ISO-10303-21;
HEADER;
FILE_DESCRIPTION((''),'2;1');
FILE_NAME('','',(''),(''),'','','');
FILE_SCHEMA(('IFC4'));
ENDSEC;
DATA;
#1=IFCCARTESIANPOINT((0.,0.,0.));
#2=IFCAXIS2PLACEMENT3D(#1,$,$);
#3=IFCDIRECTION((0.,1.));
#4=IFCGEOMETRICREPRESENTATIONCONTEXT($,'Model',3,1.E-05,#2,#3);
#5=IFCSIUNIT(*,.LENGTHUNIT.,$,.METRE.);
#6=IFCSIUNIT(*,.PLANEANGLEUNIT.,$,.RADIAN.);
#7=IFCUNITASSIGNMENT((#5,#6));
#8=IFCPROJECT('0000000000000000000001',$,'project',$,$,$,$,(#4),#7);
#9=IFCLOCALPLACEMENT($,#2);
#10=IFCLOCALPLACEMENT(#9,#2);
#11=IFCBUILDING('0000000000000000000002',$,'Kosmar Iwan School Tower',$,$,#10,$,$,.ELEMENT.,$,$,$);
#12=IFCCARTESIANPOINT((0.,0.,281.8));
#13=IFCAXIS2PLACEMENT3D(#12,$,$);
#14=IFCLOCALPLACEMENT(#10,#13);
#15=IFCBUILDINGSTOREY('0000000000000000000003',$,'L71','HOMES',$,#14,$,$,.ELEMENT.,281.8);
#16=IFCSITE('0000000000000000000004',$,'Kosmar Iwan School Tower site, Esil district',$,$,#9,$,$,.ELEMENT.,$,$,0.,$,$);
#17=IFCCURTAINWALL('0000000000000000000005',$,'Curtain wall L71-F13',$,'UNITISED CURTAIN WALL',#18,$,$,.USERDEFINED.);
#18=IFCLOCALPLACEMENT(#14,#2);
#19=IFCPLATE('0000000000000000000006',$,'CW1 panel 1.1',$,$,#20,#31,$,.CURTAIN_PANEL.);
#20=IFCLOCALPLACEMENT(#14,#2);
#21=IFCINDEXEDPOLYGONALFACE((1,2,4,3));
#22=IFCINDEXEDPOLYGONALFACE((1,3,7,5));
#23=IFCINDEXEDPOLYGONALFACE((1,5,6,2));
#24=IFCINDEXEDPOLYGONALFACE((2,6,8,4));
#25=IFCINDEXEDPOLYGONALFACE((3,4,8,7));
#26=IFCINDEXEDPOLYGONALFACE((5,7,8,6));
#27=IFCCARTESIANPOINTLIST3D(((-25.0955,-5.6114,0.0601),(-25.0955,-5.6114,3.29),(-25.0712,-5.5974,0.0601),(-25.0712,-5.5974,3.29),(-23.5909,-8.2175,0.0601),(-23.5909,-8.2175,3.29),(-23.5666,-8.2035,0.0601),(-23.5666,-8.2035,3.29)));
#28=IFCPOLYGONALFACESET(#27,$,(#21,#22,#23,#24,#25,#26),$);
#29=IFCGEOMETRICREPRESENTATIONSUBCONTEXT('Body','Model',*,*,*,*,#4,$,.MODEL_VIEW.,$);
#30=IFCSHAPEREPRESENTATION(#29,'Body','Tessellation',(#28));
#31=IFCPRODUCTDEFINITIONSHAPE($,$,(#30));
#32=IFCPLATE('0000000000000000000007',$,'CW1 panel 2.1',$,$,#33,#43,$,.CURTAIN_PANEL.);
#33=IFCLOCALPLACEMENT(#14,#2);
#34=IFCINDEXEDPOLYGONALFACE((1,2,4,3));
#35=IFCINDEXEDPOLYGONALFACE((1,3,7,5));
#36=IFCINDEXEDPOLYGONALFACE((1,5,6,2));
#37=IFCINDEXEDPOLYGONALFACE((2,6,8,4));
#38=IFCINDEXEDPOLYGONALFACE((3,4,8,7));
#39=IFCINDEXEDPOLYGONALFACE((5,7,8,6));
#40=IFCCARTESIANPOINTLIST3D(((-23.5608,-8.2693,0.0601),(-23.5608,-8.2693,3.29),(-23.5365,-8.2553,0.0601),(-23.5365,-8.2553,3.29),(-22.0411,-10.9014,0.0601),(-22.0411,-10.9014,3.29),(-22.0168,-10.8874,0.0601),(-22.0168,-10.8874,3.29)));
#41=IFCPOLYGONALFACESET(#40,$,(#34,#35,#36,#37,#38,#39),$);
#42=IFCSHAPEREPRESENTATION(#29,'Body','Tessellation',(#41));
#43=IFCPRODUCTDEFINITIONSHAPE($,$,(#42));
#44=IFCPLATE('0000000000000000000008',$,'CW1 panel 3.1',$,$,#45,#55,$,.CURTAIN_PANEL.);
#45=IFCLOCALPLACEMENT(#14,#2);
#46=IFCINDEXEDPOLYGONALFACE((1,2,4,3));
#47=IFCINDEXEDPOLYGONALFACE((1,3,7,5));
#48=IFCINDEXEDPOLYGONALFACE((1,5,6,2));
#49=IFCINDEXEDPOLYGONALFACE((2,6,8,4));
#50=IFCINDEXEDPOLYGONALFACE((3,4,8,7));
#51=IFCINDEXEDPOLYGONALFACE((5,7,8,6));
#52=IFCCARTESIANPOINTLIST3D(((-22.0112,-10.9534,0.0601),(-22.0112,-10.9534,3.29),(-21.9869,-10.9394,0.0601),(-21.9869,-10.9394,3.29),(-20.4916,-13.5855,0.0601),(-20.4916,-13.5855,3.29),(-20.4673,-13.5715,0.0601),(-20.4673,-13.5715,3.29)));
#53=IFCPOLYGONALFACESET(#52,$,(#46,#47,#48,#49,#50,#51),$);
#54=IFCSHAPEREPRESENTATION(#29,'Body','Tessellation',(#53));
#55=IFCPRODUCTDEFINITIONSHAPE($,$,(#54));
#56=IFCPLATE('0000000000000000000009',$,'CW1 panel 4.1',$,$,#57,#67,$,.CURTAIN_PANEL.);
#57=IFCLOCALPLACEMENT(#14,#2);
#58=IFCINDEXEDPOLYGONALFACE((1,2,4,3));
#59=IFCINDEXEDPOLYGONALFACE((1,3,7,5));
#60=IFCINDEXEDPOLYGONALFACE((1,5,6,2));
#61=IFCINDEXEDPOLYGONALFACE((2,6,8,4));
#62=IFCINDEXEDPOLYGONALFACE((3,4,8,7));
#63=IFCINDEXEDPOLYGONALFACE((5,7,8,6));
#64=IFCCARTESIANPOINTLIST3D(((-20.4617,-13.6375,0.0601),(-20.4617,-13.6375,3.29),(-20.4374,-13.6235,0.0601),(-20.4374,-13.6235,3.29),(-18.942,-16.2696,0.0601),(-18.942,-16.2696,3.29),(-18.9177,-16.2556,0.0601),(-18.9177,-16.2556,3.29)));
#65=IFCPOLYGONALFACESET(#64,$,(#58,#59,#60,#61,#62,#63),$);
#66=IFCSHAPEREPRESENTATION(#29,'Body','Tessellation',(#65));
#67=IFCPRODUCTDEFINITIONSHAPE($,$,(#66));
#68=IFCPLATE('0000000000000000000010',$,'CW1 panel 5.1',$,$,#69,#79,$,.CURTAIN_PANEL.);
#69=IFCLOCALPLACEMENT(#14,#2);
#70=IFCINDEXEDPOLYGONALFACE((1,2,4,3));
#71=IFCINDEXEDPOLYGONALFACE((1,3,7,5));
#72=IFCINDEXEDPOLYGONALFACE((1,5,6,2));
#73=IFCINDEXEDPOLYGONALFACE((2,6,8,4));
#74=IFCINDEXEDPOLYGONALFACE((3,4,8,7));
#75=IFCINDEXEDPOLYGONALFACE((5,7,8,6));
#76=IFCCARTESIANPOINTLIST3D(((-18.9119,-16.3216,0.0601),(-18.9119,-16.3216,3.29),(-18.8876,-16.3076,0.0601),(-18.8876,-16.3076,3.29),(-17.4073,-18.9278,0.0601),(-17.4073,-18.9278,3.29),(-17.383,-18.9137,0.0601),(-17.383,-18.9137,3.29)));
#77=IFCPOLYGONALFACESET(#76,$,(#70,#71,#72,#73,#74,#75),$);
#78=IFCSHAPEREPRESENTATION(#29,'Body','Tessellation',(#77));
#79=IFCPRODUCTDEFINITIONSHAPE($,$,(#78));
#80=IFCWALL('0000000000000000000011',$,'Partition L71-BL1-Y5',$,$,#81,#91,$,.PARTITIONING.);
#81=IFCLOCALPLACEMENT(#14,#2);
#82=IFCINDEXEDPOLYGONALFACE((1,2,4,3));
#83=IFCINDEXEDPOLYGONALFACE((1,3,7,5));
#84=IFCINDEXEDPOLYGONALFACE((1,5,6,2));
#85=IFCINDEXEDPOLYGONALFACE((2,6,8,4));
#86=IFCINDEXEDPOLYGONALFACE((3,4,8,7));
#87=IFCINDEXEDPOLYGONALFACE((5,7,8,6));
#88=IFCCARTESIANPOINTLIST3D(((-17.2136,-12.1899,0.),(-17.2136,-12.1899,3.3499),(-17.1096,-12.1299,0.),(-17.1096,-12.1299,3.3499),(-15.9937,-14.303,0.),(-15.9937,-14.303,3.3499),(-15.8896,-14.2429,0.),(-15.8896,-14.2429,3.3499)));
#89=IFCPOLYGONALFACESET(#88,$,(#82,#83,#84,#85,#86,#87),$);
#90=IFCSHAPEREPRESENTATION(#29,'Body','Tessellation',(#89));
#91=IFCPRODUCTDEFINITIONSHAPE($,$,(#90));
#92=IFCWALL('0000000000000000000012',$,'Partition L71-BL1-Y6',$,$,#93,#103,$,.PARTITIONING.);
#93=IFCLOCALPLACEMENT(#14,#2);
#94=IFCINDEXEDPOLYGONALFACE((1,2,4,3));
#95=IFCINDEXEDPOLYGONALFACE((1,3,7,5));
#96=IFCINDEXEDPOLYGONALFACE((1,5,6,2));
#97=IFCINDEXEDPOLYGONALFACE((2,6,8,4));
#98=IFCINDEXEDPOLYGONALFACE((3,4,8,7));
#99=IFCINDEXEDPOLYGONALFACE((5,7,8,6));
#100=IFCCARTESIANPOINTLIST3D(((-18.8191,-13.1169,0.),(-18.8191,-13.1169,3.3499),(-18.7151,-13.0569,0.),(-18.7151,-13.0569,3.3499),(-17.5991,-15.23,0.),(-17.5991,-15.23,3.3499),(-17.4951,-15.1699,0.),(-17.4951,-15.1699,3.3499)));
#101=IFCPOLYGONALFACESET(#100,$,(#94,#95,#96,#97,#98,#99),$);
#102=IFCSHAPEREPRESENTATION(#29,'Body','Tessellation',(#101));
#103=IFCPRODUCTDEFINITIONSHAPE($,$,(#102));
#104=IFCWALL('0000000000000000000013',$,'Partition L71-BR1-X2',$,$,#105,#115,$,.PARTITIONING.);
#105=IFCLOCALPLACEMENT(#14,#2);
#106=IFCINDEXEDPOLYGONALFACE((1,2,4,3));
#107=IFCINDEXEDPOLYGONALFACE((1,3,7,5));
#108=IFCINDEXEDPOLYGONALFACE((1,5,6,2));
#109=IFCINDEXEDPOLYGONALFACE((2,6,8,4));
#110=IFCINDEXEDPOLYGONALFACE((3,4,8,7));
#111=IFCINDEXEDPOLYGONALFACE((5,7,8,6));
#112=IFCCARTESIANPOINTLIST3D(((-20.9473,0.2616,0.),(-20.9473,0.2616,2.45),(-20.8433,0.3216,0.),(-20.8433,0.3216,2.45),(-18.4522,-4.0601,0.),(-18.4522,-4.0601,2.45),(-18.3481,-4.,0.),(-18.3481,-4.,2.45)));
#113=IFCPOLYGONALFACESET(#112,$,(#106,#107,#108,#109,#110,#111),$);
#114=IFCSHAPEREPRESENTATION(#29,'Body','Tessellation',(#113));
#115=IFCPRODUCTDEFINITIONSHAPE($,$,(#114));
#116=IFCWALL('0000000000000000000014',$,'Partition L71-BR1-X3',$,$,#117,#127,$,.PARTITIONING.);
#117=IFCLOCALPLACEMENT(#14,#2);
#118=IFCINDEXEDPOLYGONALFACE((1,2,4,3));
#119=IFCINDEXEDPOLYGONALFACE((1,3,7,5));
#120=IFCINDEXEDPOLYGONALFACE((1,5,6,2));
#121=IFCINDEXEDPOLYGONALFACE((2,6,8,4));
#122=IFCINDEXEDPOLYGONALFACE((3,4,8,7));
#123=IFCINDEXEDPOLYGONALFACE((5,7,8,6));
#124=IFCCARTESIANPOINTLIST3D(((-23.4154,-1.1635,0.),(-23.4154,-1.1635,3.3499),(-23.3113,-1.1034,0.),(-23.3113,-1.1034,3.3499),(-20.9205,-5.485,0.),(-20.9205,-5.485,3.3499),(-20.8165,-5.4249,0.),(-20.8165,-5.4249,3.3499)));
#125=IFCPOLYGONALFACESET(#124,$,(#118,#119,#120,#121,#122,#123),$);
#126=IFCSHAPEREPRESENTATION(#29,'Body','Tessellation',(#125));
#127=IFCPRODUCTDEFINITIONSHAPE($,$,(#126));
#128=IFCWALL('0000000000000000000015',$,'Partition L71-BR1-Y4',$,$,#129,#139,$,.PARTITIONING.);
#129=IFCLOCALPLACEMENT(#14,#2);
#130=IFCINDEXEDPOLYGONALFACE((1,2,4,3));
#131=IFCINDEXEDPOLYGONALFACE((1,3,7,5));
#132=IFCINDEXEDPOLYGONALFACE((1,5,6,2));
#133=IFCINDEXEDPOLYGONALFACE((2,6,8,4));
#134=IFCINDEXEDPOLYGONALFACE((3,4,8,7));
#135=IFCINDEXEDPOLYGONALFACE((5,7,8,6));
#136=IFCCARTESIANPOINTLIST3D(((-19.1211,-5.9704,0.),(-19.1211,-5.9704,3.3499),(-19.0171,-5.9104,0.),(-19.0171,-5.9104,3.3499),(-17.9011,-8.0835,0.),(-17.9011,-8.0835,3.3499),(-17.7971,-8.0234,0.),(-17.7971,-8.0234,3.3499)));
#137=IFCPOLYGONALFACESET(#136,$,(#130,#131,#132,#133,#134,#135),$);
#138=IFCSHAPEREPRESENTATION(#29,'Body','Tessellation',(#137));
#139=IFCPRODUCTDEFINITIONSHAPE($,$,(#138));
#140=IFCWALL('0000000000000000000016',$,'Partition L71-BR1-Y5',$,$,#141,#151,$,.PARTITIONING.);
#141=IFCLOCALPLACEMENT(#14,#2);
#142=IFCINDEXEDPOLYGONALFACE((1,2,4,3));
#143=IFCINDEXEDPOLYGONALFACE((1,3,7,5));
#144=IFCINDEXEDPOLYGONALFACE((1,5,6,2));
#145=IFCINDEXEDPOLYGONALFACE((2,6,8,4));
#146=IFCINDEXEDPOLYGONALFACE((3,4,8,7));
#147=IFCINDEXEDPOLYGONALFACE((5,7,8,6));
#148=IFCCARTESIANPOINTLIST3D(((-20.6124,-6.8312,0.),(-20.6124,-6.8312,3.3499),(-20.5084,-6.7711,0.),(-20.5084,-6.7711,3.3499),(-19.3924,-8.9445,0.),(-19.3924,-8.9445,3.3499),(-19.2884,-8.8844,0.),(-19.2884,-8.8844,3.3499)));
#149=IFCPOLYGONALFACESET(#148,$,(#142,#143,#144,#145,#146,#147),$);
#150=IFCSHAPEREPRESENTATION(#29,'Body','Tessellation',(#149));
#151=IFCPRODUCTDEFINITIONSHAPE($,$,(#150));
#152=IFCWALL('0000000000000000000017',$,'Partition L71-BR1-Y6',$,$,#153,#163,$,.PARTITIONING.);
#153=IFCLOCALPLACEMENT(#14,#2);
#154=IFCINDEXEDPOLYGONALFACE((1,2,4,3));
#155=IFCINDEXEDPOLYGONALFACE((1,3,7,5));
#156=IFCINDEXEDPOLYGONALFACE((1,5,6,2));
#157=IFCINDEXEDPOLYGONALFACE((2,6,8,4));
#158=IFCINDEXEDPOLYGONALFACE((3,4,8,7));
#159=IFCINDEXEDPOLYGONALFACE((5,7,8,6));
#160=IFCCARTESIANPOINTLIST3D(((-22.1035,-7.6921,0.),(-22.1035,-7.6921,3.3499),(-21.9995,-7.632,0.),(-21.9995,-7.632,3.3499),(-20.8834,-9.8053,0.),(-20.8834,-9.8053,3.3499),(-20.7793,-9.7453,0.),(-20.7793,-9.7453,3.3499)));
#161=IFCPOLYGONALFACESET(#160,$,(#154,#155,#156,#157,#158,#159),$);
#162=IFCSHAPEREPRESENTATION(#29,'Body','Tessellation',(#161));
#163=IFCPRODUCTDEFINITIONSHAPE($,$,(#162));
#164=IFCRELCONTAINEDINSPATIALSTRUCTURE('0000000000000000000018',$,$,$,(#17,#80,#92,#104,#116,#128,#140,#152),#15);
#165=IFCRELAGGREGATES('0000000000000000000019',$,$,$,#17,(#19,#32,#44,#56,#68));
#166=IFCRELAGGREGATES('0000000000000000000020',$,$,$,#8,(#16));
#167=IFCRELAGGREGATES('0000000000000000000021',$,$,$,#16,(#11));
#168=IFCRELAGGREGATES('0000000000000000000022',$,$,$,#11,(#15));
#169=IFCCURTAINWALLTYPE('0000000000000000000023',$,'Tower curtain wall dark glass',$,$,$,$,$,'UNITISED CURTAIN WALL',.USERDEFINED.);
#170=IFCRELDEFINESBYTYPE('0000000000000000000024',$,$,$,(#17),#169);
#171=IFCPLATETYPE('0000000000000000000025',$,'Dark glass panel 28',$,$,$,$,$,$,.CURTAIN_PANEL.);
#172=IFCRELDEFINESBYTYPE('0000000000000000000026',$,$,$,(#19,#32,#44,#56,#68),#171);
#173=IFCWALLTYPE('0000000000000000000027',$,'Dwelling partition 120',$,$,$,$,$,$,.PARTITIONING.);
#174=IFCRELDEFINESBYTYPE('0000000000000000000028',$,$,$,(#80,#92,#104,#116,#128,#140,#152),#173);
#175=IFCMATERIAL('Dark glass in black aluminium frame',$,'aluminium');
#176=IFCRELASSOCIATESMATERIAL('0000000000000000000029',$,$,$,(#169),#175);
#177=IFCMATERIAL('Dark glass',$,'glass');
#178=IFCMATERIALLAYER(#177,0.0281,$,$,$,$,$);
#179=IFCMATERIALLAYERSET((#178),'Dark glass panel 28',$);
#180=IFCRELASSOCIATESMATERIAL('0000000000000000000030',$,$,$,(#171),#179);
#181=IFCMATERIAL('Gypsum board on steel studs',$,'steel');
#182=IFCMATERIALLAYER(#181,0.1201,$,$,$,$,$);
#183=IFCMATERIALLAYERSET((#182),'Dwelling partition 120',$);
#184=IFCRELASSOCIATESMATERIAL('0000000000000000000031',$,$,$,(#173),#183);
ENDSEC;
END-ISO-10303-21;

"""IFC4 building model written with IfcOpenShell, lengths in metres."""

from ifc_helpers import new_model, si_unit, direction, frame, frame_2d, origin, origin_2d, place, context, subcontext, project, spatial, rectangle, extrude, material, layer, layer_set, type_object, element, aggregate, save


model = new_model("IFC4")

# Units and contexts
model_context = context("Model", 3, precision=1e-05, world=origin(), true_north=direction((0.0, 1.0)))
body_context = subcontext(model_context, "Body", "Model", "MODEL_VIEW")
ifc_project = project(units=[si_unit("LENGTHUNIT", "METRE"), si_unit("PLANEANGLEUNIT", "RADIAN")], contexts=[model_context])

# Site, building, storey
site_placement = place(None, origin())
site = spatial("IfcSite", under=ifc_project, at=site_placement, Name="Kosmar Iwan School Tower site, Esil district", CompositionType="ELEMENT", RefElevation=0.0)
building_placement = place(site_placement, origin())
building = spatial("IfcBuilding", under=site, at=building_placement, Name="Kosmar Iwan School Tower", CompositionType="ELEMENT")
storey_placement = place(building_placement, frame((0.0, 0.0, 281.8)))
storey = spatial("IfcBuildingStorey", under=building, at=storey_placement, Name="L71", Description="HOMES", CompositionType="ELEMENT", Elevation=281.8)

# Curtain wall
ifc_material_1 = material(Name="Dark glass in black aluminium frame", Category="aluminium")
curtain_wall_type_1 = type_object("IfcCurtainWallType", Name="Tower curtain wall dark glass", ElementType="UNITISED CURTAIN WALL", PredefinedType="USERDEFINED", material=ifc_material_1)
curtain_wall_1_placement = place(storey_placement, origin())
curtain_wall_1 = element("IfcCurtainWall", 1, at=curtain_wall_1_placement, inside=storey, type_object=curtain_wall_type_1, Name="Curtain wall L71-F13", ObjectType="UNITISED CURTAIN WALL", PredefinedType="USERDEFINED")

# Plates
ifc_material_2 = material(Name="Dark glass", Category="glass")
ifc_layer_1 = layer(ifc_material_2, 0.0281)
ifc_layer_set_1 = layer_set([ifc_layer_1], Name="Dark glass panel 28")
plate_type = type_object("IfcPlateType", Name="Dark glass panel 28", PredefinedType="CURTAIN_PANEL", material=ifc_layer_set_1)
plate_1_placement = place(storey_placement, frame((-24.3311, -6.9075, 0.0601), z_axis=(0.0, 0.0, 1.0), x_axis=(0.5, -0.866025, 0.0)))
plate_1 = element("IfcPlate", 2, at=plate_1_placement, type_object=plate_type, Name="CW1 panel 1.1", PredefinedType="CURTAIN_PANEL", context=body_context, shape_type="SweptSolid", body=[
    extrude(rectangle(XDim=3.0093, YDim=0.0281, at=origin_2d()), origin(), (0.0, 0.0, 1.0), 3.23),
])
plate_2_placement = place(storey_placement, frame((-22.7888, -9.5784, 0.0601), z_axis=(0.0, 0.0, 1.0), x_axis=(0.5, -0.866025, 0.0)))
plate_2 = element("IfcPlate", 3, at=plate_2_placement, type_object=plate_type, Name="CW1 panel 2.1", PredefinedType="CURTAIN_PANEL", context=body_context, shape_type="SweptSolid", body=[
    extrude(rectangle(XDim=3.0393, YDim=0.0281, at=origin_2d()), origin(), (0.0, 0.0, 1.0), 3.23),
])
plate_3_placement = place(storey_placement, frame((-21.2393, -12.2625, 0.0601), z_axis=(0.0, 0.0, 1.0), x_axis=(0.5, -0.866025, 0.0)))
plate_3 = element("IfcPlate", 4, at=plate_3_placement, type_object=plate_type, Name="CW1 panel 3.1", PredefinedType="CURTAIN_PANEL", context=body_context, shape_type="SweptSolid", body=[
    extrude(rectangle(XDim=3.0393, YDim=0.0281, at=origin_2d()), origin(), (0.0, 0.0, 1.0), 3.23),
])
plate_4_placement = place(storey_placement, frame((-19.6897, -14.9465, 0.0601), z_axis=(0.0, 0.0, 1.0), x_axis=(0.5, -0.866025, 0.0)))
plate_4 = element("IfcPlate", 5, at=plate_4_placement, type_object=plate_type, Name="CW1 panel 4.1", PredefinedType="CURTAIN_PANEL", context=body_context, shape_type="SweptSolid", body=[
    extrude(rectangle(XDim=3.0393, YDim=0.0281, at=origin_2d()), origin(), (0.0, 0.0, 1.0), 3.23),
])
plate_5_placement = place(storey_placement, frame((-18.1475, -17.6177, 0.0601), z_axis=(0.0, 0.0, 1.0), x_axis=(0.5, -0.866025, 0.0)))
plate_5 = element("IfcPlate", 6, at=plate_5_placement, type_object=plate_type, Name="CW1 panel 5.1", PredefinedType="CURTAIN_PANEL", context=body_context, shape_type="SweptSolid", body=[
    extrude(rectangle(XDim=3.0093, YDim=0.0281, at=origin_2d()), origin(), (0.0, 0.0, 1.0), 3.23),
])
aggregate(curtain_wall_1, [plate_1, plate_2, plate_3, plate_4, plate_5])

# Walls
ifc_material_3 = material(Name="Gypsum board on steel studs", Category="steel")
ifc_layer_2 = layer(ifc_material_3, 0.1201)
ifc_layer_set_2 = layer_set([ifc_layer_2], Name="Dwelling partition 120")
wall_type = type_object("IfcWallType", Name="Dwelling partition 120", PredefinedType="PARTITIONING", material=ifc_layer_set_2)
for number, where, z_axis, x_axis, name in (
    (7, (-17.1616, -12.1599, 0.0), (0.0, 0.0, 1.0), (0.500003, -0.866024, 0.0), "Partition L71-BL1-Y5"),
    (8, (-18.7671, -13.0869, 0.0), (0.0, 0.0, 1.0), (0.500003, -0.866024, 0.0), "Partition L71-BL1-Y6"),
):
    element("IfcWall", number, at=place(storey_placement, frame(where, z_axis=z_axis, x_axis=x_axis)), inside=storey, type_object=wall_type, Name=name, PredefinedType="PARTITIONING", context=body_context, shape_type="SweptSolid", body=[
        extrude(rectangle(XDim=2.4399, YDim=0.1201, at=frame_2d((1.22, 0.0))), origin(), (0.0, 0.0, 1.0), 3.3499),
    ])
wall_1_placement = place(storey_placement, frame((-18.4001, -4.03, 0.0), z_axis=(0.0, 0.0, 1.0), x_axis=(-0.500012, 0.866019, 0.0)))
element("IfcWall", 9, at=wall_1_placement, inside=storey, type_object=wall_type, Name="Partition L71-BR1-X2", PredefinedType="PARTITIONING", context=body_context, shape_type="SweptSolid", body=[
    extrude(rectangle(XDim=4.9902, YDim=0.1201, at=frame_2d((2.4951, 0.0))), origin(), (0.0, 0.0, 1.0), 2.45),
])
wall_2_placement = place(storey_placement, frame((-20.8684, -5.4551, 0.0), z_axis=(0.0, 0.0, 1.0), x_axis=(-0.499975, 0.86604, 0.0)))
element("IfcWall", 10, at=wall_2_placement, inside=storey, type_object=wall_type, Name="Partition L71-BR1-X3", PredefinedType="PARTITIONING", context=body_context, shape_type="SweptSolid", body=[
    extrude(rectangle(XDim=4.99, YDim=0.1201, at=frame_2d((2.4951, 0.0))), origin(), (0.0, 0.0, 1.0), 3.3499),
])
wall_3_placement = place(storey_placement, frame((-17.8491, -8.0535, 0.0), z_axis=(0.0, 0.0, 1.0), x_axis=(-0.500003, 0.866024, 0.0)))
element("IfcWall", 11, at=wall_3_placement, inside=storey, type_object=wall_type, Name="Partition L71-BR1-Y4", PredefinedType="PARTITIONING", context=body_context, shape_type="SweptSolid", body=[
    extrude(rectangle(XDim=2.4399, YDim=0.1201, at=frame_2d((1.22, 0.0))), origin(), (0.0, 0.0, 1.0), 3.3499),
])
for number, where, z_axis, x_axis, name in (
    (12, (-19.3403, -8.9146, 0.0), (0.0, 0.0, 1.0), (-0.499959, 0.866049, 0.0), "Partition L71-BR1-Y5"),
    (13, (-20.8313, -9.7754, 0.0), (0.0, 0.0, 1.0), (-0.500034, 0.866006, 0.0), "Partition L71-BR1-Y6"),
):
    element("IfcWall", number, at=place(storey_placement, frame(where, z_axis=z_axis, x_axis=x_axis)), inside=storey, type_object=wall_type, Name=name, PredefinedType="PARTITIONING", context=body_context, shape_type="SweptSolid", body=[
        extrude(rectangle(XDim=2.4402, YDim=0.1201, at=frame_2d((1.2202, 0.0))), origin(), (0.0, 0.0, 1.0), 3.3499),
    ])

save(model, "model.ifc")
